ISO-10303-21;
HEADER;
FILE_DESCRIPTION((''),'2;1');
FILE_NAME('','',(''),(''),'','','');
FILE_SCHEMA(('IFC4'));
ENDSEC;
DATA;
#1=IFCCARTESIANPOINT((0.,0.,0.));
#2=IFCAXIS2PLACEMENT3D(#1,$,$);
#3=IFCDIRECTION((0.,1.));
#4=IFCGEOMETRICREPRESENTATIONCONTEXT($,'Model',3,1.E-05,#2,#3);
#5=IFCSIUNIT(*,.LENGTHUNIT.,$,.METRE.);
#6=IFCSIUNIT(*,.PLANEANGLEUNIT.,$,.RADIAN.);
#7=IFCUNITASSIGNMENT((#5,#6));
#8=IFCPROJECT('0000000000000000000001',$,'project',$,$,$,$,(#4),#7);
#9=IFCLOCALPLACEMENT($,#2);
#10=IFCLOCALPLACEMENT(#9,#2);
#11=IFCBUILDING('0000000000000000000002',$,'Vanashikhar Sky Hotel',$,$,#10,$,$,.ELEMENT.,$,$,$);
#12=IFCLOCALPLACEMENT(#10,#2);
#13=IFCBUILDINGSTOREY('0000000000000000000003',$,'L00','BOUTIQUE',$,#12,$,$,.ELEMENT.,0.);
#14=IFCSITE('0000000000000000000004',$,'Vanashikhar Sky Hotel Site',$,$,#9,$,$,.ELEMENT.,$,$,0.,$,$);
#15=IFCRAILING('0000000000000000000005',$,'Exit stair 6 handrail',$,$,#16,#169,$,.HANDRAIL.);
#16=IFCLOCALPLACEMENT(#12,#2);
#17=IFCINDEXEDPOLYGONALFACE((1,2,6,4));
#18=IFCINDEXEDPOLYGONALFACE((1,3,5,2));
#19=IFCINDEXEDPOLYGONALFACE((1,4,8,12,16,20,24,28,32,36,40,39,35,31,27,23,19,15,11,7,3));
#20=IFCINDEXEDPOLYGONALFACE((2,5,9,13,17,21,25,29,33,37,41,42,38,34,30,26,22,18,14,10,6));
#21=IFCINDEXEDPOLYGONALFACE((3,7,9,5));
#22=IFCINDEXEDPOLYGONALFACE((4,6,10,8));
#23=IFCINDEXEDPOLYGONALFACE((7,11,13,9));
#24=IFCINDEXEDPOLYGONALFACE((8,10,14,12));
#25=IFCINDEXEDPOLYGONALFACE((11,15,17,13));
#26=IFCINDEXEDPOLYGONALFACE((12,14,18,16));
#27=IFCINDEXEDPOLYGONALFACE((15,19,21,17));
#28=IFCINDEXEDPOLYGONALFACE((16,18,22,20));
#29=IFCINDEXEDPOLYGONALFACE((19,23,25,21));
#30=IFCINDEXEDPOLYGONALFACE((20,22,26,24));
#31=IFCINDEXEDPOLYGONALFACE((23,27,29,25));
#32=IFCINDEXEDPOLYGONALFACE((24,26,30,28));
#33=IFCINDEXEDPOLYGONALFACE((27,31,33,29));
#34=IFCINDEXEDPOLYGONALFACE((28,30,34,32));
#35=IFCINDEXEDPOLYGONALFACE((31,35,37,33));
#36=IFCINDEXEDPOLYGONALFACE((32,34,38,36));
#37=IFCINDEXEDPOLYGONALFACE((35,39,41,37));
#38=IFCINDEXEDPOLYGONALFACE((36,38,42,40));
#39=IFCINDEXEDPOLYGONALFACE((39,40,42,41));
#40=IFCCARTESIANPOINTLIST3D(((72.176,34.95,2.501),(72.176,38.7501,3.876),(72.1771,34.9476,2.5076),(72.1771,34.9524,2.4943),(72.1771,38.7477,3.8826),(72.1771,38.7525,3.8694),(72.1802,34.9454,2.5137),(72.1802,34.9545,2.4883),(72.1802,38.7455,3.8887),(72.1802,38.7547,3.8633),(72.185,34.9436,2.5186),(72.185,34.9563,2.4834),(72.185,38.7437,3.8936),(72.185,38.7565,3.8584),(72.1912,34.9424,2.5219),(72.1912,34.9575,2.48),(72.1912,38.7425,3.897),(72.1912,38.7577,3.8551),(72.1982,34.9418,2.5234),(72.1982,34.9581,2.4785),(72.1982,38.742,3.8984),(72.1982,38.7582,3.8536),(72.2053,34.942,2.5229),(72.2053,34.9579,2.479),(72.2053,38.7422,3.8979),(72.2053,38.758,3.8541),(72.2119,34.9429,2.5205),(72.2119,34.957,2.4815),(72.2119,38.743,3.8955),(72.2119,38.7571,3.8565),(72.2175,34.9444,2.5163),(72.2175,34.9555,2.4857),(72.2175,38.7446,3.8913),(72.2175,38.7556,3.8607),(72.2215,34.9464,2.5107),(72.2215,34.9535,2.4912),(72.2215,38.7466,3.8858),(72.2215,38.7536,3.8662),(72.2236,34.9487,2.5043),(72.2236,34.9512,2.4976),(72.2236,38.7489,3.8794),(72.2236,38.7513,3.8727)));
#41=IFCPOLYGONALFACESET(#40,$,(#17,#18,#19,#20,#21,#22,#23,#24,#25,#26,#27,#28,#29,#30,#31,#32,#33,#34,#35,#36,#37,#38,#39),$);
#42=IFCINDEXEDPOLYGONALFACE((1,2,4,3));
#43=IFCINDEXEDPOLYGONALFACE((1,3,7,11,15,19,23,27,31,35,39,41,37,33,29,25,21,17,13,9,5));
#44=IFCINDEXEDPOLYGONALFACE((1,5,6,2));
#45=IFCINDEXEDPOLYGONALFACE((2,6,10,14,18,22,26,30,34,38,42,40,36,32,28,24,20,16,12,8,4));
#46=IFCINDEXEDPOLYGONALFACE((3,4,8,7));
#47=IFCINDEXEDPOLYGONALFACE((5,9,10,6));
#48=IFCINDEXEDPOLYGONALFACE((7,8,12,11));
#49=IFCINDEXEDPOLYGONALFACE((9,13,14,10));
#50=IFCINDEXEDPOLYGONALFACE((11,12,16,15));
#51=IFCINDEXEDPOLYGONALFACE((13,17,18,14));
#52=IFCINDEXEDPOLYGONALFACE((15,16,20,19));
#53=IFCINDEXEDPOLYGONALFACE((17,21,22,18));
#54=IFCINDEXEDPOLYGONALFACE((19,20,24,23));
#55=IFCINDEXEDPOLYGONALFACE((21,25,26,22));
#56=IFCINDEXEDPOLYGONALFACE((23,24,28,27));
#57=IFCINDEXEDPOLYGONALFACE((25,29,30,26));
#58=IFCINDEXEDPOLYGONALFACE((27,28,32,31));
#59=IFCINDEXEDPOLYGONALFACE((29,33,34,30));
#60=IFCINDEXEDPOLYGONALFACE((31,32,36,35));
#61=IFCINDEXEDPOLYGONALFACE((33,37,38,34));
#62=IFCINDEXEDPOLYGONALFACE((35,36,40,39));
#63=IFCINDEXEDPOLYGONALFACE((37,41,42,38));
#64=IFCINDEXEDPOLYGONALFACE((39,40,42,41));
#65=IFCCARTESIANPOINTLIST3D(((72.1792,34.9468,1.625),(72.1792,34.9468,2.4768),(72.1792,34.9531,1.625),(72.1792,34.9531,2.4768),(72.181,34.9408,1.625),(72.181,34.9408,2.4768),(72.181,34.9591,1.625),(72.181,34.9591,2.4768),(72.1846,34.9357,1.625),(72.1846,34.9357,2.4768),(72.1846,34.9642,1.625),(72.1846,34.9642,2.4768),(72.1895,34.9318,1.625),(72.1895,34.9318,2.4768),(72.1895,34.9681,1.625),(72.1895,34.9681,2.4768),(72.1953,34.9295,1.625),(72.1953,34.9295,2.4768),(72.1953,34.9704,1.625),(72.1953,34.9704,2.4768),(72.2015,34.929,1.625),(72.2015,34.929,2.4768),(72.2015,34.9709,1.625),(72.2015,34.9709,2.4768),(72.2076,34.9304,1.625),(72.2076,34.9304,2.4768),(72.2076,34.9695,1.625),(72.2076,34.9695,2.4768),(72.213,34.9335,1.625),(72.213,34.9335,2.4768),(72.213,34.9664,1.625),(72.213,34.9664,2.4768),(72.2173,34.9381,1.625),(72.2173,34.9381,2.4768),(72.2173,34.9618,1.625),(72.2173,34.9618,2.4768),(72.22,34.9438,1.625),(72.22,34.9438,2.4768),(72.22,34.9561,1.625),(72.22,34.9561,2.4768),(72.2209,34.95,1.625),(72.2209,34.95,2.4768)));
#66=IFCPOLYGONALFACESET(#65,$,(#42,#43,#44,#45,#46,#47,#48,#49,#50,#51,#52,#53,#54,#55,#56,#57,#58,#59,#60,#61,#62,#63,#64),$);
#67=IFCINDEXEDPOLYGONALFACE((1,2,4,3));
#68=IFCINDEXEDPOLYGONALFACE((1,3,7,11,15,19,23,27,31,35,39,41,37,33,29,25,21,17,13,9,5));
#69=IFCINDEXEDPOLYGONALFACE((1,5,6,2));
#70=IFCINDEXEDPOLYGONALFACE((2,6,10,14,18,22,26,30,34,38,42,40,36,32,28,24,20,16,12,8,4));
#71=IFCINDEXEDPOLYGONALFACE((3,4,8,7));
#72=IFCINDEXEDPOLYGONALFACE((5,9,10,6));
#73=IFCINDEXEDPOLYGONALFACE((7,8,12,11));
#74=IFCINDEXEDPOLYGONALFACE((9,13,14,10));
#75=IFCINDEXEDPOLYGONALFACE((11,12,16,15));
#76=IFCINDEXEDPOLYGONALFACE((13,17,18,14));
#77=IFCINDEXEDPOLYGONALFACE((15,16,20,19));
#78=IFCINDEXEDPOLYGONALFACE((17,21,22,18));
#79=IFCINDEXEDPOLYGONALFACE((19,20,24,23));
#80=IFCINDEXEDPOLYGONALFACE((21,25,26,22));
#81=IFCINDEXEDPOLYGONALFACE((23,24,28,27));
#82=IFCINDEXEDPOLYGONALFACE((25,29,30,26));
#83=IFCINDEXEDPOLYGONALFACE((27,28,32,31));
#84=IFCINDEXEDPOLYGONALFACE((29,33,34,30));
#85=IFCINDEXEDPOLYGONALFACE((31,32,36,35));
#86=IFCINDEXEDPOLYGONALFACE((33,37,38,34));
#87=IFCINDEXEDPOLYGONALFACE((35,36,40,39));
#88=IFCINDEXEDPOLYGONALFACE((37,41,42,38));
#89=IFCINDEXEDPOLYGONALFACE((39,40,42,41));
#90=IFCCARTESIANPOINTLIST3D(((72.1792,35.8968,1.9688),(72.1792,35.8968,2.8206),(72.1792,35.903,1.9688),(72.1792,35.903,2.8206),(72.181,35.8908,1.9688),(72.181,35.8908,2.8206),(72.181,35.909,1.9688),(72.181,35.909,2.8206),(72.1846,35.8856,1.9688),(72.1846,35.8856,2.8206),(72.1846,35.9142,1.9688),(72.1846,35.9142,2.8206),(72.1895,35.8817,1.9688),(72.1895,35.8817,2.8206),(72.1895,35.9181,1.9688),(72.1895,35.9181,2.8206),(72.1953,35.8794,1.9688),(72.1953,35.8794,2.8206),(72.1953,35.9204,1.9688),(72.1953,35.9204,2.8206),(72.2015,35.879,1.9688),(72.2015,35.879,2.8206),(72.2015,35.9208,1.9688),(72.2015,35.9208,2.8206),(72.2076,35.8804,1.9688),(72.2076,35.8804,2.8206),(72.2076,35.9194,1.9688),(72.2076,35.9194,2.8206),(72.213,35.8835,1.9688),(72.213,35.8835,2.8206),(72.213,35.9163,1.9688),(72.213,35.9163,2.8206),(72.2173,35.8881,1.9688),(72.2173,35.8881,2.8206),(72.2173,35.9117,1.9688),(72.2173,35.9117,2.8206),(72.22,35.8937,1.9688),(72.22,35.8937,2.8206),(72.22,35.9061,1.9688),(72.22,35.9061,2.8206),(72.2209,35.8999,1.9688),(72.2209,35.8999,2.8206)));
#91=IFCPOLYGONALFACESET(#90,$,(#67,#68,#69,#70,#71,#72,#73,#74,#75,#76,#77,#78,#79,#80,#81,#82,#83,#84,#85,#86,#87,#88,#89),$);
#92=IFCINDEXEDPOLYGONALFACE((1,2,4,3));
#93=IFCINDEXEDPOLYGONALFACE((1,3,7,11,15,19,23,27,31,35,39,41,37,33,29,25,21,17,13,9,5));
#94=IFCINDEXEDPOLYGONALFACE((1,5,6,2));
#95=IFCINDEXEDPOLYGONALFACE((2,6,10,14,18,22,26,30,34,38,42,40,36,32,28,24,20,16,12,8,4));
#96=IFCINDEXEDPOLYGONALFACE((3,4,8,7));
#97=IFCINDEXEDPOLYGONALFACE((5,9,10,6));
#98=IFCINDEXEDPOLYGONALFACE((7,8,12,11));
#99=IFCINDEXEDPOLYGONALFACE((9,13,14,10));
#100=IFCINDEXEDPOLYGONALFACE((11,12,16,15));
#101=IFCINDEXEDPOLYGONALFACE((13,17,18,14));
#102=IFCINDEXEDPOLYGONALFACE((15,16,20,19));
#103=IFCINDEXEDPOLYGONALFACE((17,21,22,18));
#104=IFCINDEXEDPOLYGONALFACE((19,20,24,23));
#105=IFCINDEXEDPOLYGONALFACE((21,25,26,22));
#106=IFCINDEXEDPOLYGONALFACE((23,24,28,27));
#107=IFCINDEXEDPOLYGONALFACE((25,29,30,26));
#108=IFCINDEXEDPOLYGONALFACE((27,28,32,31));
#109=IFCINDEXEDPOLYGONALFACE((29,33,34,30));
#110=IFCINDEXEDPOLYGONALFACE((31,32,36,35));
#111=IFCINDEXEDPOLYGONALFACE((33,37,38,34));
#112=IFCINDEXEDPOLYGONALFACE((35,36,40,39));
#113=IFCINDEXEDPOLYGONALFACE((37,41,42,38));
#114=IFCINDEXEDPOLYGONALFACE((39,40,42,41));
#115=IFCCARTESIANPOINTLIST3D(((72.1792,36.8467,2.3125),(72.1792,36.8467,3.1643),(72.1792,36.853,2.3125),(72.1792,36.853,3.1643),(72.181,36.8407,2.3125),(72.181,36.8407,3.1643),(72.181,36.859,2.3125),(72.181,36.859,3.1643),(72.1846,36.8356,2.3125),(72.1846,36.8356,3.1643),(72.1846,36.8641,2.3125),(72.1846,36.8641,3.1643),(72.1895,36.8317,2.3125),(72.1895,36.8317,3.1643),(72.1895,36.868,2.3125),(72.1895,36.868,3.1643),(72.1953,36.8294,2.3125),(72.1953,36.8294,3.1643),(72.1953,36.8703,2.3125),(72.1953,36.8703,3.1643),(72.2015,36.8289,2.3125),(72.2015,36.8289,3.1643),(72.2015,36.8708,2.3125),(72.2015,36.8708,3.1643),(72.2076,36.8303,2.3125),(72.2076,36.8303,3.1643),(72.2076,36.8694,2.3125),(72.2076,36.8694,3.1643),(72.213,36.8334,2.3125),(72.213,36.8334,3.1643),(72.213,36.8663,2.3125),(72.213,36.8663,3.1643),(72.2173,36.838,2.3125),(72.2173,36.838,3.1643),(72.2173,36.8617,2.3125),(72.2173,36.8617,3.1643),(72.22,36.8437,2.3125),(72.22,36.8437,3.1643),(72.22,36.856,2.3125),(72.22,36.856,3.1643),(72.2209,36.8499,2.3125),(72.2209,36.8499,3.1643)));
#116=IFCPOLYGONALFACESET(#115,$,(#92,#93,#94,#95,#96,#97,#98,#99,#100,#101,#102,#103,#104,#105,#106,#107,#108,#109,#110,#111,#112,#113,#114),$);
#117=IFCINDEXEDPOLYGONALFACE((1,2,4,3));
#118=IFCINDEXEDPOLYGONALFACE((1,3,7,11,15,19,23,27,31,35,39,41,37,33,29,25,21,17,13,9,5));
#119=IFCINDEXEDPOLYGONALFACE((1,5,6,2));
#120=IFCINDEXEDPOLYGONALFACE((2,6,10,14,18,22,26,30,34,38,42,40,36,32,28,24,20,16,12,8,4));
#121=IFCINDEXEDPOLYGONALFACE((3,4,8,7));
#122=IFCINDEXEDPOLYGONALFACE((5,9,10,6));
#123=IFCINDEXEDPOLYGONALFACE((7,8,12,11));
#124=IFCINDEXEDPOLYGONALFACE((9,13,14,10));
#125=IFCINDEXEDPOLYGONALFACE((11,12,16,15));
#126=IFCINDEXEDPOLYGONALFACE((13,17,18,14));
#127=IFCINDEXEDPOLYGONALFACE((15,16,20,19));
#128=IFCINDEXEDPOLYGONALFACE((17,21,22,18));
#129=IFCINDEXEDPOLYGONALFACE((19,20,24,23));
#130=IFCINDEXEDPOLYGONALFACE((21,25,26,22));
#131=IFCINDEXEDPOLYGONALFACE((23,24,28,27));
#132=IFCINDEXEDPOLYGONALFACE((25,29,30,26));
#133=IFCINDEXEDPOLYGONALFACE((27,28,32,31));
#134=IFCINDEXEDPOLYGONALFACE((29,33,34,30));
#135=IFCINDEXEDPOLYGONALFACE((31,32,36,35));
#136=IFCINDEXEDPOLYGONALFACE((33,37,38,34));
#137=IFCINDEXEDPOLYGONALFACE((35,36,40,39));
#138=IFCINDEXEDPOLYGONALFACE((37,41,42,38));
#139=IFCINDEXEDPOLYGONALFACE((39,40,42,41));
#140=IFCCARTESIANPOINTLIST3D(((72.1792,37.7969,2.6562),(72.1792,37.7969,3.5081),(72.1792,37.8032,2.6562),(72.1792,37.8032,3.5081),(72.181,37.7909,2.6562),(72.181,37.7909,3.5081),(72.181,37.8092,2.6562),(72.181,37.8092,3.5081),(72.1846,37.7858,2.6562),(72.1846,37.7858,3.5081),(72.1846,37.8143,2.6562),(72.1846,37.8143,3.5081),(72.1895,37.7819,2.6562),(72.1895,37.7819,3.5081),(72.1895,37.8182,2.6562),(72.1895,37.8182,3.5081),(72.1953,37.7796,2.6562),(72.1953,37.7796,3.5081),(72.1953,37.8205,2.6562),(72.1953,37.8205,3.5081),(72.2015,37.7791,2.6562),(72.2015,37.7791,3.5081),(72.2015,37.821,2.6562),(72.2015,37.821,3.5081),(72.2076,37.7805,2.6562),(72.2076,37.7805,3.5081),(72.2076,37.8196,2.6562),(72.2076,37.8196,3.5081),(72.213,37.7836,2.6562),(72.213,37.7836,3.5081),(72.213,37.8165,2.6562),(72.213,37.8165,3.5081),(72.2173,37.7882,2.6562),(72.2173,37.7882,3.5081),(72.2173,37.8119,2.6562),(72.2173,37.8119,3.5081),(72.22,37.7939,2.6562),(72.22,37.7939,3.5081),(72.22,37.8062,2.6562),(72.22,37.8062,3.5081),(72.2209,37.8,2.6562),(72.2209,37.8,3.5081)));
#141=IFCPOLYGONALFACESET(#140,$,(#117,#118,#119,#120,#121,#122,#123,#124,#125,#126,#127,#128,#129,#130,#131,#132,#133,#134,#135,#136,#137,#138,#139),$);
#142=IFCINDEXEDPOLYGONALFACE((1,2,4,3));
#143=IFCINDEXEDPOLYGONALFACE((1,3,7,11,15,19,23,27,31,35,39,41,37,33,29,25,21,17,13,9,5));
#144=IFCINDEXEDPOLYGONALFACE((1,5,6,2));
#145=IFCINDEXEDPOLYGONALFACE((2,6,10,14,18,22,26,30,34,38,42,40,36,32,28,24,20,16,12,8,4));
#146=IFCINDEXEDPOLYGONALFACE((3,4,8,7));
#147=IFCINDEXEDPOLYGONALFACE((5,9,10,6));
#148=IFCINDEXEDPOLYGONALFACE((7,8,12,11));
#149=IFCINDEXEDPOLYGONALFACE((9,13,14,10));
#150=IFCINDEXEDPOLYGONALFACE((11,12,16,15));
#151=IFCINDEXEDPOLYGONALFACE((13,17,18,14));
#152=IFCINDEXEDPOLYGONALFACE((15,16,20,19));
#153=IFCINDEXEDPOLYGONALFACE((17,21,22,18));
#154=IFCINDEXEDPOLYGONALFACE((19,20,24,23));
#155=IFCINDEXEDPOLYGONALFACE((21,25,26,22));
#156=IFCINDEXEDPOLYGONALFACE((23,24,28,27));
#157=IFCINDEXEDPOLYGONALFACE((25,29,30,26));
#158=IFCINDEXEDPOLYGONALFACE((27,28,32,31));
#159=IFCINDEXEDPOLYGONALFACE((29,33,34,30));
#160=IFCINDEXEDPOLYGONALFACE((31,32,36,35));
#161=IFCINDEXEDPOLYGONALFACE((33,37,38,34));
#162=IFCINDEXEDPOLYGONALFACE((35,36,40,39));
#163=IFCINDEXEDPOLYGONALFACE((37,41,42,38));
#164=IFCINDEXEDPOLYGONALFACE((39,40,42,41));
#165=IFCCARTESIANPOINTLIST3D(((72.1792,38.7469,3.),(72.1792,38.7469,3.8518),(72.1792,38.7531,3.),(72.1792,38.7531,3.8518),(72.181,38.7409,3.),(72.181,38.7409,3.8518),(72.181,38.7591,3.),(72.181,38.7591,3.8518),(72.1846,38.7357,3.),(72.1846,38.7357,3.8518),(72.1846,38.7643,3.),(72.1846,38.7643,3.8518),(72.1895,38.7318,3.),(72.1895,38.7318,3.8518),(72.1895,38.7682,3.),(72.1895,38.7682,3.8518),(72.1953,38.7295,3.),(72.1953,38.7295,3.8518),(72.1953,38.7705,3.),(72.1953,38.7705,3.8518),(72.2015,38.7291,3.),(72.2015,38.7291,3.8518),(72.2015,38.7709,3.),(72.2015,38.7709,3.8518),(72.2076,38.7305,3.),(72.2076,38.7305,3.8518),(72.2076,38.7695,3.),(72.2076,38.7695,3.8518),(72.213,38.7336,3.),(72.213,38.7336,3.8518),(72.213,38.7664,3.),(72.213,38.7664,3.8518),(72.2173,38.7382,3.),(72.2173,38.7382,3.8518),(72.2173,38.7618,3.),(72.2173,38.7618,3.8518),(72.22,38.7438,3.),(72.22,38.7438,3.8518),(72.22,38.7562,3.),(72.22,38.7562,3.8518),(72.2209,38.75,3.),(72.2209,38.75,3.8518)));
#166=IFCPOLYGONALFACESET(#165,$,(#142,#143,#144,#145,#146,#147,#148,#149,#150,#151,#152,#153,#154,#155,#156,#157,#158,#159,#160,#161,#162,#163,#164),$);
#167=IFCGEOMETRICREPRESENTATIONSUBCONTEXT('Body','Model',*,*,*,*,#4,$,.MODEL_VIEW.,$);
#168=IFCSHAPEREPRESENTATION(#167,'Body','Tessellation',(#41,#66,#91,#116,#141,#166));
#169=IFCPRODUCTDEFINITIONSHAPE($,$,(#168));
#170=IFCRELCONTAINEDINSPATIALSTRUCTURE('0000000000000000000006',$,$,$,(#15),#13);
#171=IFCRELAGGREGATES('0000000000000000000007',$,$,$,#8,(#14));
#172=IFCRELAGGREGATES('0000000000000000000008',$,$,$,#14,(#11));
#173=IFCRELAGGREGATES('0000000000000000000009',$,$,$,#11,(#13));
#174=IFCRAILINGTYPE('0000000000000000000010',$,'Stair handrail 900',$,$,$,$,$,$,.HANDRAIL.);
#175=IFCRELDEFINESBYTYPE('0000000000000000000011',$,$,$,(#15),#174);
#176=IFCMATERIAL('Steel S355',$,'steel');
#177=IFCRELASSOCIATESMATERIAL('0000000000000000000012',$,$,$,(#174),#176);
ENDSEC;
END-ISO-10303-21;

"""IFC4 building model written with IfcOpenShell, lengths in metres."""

from ifc_helpers import new_model, si_unit, direction, frame, origin, origin_2d, place, context, subcontext, project, spatial, circle, extrude, source, transform, mapped, material, type_object, element, save


model = new_model("IFC4")

# Units and contexts
model_context = context("Model", 3, precision=1e-05, world=origin(), true_north=direction((0.0, 1.0)))
body_context = subcontext(model_context, "Body", "Model", "MODEL_VIEW")
ifc_project = project(units=[si_unit("LENGTHUNIT", "METRE"), si_unit("PLANEANGLEUNIT", "RADIAN")], contexts=[model_context])

# Site, building, storey
site_placement = place(None, origin())
site = spatial("IfcSite", under=ifc_project, at=site_placement, Name="Vanashikhar Sky Hotel Site", CompositionType="ELEMENT", RefElevation=0.0)
building_placement = place(site_placement, origin())
building = spatial("IfcBuilding", under=site, at=building_placement, Name="Vanashikhar Sky Hotel", CompositionType="ELEMENT")
storey_placement = place(building_placement, origin())
storey = spatial("IfcBuildingStorey", under=building, at=storey_placement, Name="L00", Description="BOUTIQUE", CompositionType="ELEMENT", Elevation=0.0)

# Railing
ifc_material_1 = material(Name="Steel S355", Category="steel")
railing_type_1 = type_object("IfcRailingType", Name="Stair handrail 900", PredefinedType="HANDRAIL", material=ifc_material_1)
shared_shape_1 = source(origin(), body_context, "Body", "SweptSolid", [
    extrude(circle(Radius=0.0239, at=origin_2d()), frame((0.0, 0.0, 0.876), z_axis=(0.0, 0.940336, 0.340249), x_axis=(-1.0, 0.0, 0.0)), (0.0, 0.0, 1.0), 4.0413),
    extrude(circle(Radius=0.021, at=origin_2d()), origin(), (0.0, 0.0, 1.0), 0.8518),
    extrude(circle(Radius=0.021, at=origin_2d()), frame((0.0, 0.95, 0.3438)), (0.0, 0.0, 1.0), 0.8518),
    extrude(circle(Radius=0.021, at=origin_2d()), frame((0.0, 1.8999, 0.6875)), (0.0, 0.0, 1.0), 0.8518),
    extrude(circle(Radius=0.021, at=origin_2d()), frame((0.0, 2.8501, 1.0312)), (0.0, 0.0, 1.0), 0.8518),
    extrude(circle(Radius=0.021, at=origin_2d()), frame((0.0, 3.8, 1.375)), (0.0, 0.0, 1.0), 0.8518),
])
for number, where, name in (
    (1, (72.2, 34.95, 1.625), "Exit stair 6 handrail"),
):
    element("IfcRailing", number, at=place(storey_placement, frame(where)), inside=storey, type_object=railing_type_1, Name=name, PredefinedType="HANDRAIL", context=body_context, shape_type="MappedRepresentation", body=[
        mapped(shared_shape_1, transform((0.0, 0.0, 0.0), scale=1.0)),
    ])

save(model, "model.ifc")
